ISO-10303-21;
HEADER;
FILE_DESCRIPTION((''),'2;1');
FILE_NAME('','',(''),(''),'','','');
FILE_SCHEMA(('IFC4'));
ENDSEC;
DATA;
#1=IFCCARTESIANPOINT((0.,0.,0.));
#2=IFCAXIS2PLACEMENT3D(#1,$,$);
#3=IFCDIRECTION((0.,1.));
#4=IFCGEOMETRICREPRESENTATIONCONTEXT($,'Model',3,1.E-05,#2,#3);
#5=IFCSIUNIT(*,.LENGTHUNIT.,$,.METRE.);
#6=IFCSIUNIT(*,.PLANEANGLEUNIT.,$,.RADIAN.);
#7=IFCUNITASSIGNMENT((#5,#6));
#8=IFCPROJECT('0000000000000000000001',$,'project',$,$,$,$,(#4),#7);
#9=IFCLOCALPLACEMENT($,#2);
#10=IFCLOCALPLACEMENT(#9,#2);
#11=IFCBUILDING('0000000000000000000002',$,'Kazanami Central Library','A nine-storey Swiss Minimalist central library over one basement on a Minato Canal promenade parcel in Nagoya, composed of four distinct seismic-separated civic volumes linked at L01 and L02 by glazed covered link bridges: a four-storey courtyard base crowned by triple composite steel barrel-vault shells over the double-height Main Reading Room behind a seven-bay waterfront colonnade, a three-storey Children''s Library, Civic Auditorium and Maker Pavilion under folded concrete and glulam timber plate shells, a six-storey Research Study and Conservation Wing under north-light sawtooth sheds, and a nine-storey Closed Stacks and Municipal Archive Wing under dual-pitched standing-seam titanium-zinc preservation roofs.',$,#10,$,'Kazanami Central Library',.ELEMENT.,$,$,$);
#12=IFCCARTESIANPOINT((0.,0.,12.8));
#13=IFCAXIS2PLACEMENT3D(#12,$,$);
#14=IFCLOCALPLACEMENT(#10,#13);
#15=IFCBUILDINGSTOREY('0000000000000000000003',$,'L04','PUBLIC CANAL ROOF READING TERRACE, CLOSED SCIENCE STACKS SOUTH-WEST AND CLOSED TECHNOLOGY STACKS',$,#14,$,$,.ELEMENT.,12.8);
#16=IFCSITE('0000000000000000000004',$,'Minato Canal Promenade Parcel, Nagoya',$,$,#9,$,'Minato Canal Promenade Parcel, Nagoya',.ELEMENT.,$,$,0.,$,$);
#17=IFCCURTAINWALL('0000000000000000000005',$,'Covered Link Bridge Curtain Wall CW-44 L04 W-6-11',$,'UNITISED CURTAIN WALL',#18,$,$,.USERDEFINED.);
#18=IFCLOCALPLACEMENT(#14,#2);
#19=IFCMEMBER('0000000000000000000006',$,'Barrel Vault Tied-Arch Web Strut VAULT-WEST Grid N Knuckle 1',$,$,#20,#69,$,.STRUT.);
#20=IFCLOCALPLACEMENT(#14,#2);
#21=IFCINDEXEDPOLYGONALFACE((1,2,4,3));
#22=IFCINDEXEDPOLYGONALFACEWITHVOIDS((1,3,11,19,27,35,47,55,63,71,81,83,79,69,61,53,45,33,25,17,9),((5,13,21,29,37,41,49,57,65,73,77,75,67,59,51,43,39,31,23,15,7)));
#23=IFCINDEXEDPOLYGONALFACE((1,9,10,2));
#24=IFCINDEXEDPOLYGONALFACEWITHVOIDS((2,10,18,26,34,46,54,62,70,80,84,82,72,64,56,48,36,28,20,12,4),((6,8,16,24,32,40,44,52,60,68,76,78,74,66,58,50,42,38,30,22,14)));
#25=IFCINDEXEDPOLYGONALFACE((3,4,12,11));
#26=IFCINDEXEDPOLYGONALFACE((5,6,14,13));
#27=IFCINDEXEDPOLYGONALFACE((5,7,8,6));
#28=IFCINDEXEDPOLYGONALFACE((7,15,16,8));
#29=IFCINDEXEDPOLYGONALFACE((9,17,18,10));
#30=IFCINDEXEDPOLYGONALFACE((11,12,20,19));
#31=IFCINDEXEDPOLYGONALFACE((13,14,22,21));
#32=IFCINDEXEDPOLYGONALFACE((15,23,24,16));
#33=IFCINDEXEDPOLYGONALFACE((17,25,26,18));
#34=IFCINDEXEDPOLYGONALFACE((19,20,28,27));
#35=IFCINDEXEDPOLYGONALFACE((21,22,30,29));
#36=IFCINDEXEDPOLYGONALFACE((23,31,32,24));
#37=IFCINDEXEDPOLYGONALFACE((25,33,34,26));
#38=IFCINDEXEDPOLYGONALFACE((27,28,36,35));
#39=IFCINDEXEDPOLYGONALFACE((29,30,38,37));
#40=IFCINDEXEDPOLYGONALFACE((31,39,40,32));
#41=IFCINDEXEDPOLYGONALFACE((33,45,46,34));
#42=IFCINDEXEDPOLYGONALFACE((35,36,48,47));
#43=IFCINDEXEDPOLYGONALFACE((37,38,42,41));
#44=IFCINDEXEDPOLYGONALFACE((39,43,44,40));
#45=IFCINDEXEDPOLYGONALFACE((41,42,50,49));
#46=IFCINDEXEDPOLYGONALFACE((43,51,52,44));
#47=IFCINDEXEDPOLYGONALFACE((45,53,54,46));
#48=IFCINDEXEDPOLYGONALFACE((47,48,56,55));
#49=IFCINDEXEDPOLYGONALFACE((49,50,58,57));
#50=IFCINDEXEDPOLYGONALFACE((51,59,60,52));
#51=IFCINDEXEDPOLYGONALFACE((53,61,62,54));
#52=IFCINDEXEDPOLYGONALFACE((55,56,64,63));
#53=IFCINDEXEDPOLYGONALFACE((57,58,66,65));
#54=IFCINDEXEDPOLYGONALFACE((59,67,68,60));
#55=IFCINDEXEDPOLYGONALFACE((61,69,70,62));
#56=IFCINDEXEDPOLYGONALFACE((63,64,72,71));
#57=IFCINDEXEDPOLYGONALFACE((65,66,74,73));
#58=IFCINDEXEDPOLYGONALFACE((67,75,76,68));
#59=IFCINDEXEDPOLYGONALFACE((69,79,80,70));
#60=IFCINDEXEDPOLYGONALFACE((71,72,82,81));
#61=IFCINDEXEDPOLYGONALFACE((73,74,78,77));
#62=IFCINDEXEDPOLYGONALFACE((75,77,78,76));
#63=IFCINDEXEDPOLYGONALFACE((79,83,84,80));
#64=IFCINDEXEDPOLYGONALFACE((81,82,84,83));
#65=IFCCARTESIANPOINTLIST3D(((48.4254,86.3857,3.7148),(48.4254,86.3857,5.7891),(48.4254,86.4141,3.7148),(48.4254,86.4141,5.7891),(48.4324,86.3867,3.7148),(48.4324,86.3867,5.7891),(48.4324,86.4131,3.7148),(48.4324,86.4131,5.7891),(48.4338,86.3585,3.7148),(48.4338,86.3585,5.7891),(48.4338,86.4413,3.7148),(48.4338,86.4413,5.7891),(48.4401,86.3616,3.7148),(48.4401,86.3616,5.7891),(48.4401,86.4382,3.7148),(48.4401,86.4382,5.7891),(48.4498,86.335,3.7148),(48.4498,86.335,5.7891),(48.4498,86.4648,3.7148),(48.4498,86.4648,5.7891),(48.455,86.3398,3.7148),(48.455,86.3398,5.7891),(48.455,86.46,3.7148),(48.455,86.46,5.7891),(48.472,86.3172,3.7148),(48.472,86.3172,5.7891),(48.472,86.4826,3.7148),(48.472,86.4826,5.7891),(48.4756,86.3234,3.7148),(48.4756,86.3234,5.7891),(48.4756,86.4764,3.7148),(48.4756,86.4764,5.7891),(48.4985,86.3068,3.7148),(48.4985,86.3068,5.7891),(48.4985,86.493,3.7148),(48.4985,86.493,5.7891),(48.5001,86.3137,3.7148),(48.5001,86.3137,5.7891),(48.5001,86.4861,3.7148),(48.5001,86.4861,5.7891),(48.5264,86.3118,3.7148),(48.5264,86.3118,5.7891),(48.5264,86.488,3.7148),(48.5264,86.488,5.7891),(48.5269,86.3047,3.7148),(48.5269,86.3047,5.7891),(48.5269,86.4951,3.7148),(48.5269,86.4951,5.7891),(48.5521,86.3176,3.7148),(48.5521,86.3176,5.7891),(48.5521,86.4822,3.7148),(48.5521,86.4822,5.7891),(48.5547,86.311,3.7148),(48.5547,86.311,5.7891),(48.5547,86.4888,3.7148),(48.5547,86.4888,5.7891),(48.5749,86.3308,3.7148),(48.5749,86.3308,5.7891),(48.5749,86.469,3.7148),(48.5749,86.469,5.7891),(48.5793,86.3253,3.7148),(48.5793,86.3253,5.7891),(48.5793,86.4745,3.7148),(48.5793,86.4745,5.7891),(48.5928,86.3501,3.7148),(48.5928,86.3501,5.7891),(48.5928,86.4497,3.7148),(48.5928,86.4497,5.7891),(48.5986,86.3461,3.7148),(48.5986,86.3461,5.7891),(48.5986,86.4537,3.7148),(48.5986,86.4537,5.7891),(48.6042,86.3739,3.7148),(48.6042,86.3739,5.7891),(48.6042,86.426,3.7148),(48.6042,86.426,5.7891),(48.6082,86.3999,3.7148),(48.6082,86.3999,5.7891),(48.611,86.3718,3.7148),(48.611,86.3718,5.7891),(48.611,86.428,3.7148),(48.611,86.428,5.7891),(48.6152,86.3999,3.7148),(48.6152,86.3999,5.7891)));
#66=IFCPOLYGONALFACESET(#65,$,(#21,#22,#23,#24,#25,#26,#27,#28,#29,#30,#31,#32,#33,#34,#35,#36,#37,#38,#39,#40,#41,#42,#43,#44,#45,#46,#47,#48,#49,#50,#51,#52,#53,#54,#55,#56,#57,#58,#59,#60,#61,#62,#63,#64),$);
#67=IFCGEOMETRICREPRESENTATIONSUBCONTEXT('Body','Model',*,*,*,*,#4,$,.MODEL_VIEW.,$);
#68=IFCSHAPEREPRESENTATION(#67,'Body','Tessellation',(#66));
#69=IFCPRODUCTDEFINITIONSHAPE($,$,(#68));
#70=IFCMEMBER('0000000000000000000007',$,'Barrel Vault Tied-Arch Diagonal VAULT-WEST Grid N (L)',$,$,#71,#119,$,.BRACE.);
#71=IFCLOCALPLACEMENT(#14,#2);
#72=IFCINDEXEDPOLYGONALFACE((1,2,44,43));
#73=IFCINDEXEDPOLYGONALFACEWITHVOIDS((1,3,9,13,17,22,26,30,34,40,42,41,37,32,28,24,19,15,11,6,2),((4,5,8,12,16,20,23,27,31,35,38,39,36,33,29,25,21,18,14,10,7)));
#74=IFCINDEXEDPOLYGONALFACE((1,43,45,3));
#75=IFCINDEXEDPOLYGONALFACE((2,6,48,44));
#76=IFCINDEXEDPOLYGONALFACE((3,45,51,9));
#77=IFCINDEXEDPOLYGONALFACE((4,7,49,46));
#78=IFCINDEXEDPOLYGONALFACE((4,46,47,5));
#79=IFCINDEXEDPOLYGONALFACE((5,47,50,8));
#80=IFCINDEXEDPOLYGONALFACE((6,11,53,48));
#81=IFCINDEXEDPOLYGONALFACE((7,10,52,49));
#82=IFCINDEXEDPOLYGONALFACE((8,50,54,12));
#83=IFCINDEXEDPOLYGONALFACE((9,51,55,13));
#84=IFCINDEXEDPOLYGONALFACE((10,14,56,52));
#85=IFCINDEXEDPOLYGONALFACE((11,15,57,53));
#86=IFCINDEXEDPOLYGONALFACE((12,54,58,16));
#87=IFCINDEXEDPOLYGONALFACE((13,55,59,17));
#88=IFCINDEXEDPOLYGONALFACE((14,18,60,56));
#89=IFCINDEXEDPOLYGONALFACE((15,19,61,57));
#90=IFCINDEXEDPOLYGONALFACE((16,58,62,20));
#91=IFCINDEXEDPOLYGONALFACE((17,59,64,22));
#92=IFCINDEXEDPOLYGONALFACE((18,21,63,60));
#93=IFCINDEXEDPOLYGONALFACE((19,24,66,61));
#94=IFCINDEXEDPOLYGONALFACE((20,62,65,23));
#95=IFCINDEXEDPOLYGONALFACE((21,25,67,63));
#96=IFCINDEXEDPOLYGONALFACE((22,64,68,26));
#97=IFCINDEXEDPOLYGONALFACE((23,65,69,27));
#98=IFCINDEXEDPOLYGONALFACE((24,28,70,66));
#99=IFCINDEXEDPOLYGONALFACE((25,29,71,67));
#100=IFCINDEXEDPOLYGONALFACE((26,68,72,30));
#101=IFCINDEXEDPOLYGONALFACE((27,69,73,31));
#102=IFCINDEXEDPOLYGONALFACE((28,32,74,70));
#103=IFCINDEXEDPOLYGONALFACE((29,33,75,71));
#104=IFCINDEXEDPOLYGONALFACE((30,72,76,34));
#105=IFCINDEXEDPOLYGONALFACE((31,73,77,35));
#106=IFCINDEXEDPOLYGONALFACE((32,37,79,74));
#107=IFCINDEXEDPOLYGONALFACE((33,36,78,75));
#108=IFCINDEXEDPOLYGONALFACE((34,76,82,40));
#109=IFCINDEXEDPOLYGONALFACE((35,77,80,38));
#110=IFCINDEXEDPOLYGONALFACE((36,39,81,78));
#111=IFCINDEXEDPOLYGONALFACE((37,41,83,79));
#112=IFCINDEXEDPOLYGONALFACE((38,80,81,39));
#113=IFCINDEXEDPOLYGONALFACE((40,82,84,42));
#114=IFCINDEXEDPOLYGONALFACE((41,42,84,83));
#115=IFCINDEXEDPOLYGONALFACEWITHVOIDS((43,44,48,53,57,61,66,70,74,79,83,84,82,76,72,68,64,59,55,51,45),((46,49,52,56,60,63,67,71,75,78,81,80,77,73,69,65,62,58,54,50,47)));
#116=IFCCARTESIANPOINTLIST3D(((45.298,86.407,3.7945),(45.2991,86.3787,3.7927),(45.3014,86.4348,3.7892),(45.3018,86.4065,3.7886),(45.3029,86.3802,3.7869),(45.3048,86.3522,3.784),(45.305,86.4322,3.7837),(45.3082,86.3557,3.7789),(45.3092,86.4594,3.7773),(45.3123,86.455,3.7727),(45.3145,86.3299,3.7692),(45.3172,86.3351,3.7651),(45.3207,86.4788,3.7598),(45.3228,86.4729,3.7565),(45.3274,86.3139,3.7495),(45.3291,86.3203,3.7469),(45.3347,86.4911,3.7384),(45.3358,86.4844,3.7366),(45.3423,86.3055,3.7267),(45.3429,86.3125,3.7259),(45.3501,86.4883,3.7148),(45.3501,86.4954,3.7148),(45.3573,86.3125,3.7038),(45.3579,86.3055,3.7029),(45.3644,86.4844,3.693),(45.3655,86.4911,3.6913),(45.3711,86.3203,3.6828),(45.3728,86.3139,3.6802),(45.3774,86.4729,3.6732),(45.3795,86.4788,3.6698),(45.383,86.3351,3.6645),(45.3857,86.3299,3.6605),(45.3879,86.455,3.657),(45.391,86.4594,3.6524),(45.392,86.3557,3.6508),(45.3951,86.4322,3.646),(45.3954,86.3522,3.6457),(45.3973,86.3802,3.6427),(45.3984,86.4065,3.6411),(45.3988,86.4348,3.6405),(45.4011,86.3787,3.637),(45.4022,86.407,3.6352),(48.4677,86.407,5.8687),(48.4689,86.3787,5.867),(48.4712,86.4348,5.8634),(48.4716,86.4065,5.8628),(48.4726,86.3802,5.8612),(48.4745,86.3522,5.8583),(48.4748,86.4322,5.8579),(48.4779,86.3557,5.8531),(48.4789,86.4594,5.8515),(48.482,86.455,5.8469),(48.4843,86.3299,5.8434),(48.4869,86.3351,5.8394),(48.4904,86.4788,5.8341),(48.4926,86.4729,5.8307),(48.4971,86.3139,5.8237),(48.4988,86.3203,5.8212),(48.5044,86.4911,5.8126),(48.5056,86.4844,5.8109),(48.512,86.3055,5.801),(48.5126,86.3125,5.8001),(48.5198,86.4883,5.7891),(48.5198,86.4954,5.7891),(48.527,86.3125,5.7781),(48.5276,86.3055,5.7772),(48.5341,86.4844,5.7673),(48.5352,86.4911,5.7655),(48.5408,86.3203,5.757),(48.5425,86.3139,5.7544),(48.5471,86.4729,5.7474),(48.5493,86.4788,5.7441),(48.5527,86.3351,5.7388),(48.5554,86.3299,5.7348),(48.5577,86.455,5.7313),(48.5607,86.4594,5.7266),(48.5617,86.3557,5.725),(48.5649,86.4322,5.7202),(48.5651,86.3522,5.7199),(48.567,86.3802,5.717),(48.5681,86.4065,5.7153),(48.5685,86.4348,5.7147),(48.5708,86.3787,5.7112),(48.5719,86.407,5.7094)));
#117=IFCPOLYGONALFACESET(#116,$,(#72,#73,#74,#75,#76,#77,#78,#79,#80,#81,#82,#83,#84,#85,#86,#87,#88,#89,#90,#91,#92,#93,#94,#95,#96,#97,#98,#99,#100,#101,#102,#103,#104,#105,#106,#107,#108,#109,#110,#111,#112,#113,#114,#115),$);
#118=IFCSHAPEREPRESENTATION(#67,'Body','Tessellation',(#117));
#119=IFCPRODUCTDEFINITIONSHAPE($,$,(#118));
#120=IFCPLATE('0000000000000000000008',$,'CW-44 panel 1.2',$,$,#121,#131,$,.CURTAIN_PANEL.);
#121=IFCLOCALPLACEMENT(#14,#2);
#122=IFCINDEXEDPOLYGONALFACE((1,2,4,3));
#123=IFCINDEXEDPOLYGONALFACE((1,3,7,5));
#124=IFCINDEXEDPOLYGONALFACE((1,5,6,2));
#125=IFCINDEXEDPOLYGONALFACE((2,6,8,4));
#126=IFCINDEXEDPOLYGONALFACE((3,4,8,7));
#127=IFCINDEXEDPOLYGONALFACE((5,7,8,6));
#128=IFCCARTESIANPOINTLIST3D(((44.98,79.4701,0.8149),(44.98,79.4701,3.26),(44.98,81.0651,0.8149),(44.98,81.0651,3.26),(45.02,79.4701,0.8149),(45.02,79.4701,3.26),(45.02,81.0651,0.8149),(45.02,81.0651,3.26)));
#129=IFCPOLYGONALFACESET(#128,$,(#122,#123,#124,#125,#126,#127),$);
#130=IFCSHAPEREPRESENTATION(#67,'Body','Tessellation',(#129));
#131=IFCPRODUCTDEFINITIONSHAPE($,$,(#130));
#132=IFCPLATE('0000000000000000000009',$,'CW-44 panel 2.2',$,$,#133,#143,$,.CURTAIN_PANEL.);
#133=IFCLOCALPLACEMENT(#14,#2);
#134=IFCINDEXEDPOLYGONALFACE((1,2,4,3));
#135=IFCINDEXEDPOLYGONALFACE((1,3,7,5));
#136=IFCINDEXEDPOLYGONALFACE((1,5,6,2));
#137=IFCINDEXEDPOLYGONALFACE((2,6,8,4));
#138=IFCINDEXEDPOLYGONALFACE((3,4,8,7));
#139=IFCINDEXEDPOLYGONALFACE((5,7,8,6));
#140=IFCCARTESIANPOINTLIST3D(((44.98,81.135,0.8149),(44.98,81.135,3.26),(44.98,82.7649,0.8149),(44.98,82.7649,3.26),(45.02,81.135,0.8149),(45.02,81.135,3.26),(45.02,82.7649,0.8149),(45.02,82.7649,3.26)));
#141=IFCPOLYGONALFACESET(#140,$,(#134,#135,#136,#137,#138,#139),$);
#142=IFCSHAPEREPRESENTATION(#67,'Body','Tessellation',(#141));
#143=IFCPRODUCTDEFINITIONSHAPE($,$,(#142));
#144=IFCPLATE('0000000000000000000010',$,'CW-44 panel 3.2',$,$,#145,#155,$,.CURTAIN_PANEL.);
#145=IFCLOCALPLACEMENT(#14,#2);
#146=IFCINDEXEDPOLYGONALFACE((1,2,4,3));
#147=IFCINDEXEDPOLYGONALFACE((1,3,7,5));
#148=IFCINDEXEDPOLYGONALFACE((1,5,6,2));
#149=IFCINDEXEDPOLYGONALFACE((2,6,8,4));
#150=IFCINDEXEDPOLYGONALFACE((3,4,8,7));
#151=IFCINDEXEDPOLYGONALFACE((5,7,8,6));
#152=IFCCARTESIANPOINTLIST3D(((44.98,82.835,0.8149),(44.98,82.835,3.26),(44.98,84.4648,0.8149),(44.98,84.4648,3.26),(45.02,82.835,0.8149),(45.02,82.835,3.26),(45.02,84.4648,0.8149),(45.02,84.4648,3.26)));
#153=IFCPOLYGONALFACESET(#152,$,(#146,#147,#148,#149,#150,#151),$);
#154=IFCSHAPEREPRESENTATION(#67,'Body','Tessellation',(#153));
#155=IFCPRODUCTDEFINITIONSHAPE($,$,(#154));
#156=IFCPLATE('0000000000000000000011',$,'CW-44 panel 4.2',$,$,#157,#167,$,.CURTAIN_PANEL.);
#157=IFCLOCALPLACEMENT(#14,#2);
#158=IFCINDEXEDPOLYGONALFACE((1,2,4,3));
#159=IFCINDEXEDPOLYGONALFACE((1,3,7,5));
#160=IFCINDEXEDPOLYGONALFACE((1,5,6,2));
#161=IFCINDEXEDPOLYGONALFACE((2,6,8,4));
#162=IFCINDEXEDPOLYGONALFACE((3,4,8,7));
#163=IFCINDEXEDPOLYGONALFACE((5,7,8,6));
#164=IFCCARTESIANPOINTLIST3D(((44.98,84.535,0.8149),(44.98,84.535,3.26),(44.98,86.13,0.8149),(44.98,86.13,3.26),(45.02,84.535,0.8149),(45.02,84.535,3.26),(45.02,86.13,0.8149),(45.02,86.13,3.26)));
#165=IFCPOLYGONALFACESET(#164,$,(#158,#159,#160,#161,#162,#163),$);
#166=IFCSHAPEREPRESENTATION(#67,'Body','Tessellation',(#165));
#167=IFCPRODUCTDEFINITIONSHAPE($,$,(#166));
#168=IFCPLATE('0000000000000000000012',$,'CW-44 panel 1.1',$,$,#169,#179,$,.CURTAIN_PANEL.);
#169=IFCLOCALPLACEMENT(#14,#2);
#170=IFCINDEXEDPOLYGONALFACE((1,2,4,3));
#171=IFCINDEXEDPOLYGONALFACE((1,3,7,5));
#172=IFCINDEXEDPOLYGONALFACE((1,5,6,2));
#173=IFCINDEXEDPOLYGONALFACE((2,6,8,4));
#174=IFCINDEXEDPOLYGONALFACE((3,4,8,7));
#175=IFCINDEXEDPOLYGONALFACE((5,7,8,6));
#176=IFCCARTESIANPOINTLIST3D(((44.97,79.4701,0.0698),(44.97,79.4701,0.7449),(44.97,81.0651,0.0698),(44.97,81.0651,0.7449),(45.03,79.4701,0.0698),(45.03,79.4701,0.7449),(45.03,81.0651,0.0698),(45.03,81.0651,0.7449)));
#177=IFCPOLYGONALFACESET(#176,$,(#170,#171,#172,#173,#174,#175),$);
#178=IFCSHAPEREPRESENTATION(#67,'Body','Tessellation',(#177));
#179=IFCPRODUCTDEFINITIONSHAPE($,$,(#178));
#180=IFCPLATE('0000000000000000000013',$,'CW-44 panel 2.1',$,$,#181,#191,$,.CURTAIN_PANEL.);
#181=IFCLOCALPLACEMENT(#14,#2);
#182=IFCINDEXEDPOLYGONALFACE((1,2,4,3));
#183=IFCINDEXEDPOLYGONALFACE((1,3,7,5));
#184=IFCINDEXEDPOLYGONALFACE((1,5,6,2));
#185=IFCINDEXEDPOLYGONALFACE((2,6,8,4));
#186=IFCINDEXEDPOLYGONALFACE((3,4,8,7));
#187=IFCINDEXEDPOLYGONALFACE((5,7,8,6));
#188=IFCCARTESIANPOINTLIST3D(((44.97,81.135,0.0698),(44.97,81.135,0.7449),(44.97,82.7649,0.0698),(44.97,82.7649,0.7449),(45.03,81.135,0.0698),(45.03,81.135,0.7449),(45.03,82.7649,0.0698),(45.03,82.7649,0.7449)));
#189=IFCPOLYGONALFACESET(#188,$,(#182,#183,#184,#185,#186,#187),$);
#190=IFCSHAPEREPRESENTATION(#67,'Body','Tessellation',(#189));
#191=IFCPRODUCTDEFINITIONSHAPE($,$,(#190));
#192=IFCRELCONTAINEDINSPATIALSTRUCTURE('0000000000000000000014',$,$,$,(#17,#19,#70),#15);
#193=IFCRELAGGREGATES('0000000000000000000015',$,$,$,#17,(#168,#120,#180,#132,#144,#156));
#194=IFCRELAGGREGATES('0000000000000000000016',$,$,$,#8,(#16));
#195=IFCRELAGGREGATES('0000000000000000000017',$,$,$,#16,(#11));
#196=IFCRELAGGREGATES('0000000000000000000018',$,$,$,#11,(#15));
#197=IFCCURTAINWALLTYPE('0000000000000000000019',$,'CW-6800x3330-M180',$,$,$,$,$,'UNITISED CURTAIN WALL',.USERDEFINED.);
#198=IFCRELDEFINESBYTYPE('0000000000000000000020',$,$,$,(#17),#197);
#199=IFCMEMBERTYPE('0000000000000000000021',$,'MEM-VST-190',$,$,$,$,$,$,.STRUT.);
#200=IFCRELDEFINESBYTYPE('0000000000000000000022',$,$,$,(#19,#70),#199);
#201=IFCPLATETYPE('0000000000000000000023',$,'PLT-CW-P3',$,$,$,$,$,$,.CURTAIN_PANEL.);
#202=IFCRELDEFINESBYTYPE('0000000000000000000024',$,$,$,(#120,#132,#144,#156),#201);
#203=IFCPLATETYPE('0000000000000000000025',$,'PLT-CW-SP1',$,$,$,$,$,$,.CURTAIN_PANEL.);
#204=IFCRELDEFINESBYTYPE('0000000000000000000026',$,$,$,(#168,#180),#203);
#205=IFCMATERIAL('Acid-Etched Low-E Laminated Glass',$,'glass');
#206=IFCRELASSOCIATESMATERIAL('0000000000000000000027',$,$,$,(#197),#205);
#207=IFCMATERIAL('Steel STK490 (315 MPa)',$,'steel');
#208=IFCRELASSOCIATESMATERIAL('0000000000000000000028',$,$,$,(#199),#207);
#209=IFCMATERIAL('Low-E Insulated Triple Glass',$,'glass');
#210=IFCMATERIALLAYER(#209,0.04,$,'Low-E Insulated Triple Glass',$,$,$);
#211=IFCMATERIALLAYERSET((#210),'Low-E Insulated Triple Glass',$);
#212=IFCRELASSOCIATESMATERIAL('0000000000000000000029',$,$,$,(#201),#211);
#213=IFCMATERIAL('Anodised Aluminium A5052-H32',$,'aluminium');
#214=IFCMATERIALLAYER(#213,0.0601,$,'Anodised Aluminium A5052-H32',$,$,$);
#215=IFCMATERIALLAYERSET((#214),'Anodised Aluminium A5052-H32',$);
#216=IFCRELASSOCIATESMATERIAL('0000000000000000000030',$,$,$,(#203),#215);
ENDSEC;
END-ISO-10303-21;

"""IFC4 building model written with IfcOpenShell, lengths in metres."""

from ifc_helpers import new_model, si_unit, direction, frame, origin, origin_2d, place, context, subcontext, project, spatial, rectangle, hollow_circle, extrude, material, layer, layer_set, material_profile, profile_set, type_object, element, aggregate, save


model = new_model("IFC4")

# Units and contexts
model_context = context("Model", 3, precision=1e-05, world=origin(), true_north=direction((0.0, 1.0)))
body_context = subcontext(model_context, "Body", "Model", "MODEL_VIEW")
ifc_project = project(units=[si_unit("LENGTHUNIT", "METRE"), si_unit("PLANEANGLEUNIT", "RADIAN")], contexts=[model_context])

# Site, building, storey
site_placement = place(None, origin())
site = spatial("IfcSite", under=ifc_project, at=site_placement, Name="Minato Canal Promenade Parcel, Nagoya", LongName="Minato Canal Promenade Parcel, Nagoya", CompositionType="ELEMENT", RefElevation=0.0)
building_placement = place(site_placement, origin())
building = spatial("IfcBuilding", under=site, at=building_placement, Name="Kazanami Central Library", Description="A nine-storey Swiss Minimalist central library over one basement on a Minato Canal promenade parcel in Nagoya, composed of four distinct seismic-separated civic volumes linked at L01 and L02 by glazed covered link bridges: a four-storey courtyard base crowned by triple composite steel barrel-vault shells over the double-height Main Reading Room behind a seven-bay waterfront colonnade, a three-storey Children's Library, Civic Auditorium and Maker Pavilion under folded concrete and glulam timber plate shells, a six-storey Research Study and Conservation Wing under north-light sawtooth sheds, and a nine-storey Closed Stacks and Municipal Archive Wing under dual-pitched standing-seam titanium-zinc preservation roofs.", LongName="Kazanami Central Library", CompositionType="ELEMENT")
storey_placement = place(building_placement, frame((0.0, 0.0, 12.8)))
storey = spatial("IfcBuildingStorey", under=building, at=storey_placement, Name="L04", Description="PUBLIC CANAL ROOF READING TERRACE, CLOSED SCIENCE STACKS SOUTH-WEST AND CLOSED TECHNOLOGY STACKS", CompositionType="ELEMENT", Elevation=12.8)

# Curtain wall
ifc_material_1 = material(Name="Acid-Etched Low-E Laminated Glass", Category="glass")
curtain_wall_type = type_object("IfcCurtainWallType", Name="CW-6800x3330-M180", ElementType="UNITISED CURTAIN WALL", PredefinedType="USERDEFINED", material=ifc_material_1)
curtain_wall_placement = place(storey_placement, origin())
curtain_wall = element("IfcCurtainWall", 1, at=curtain_wall_placement, inside=storey, type_object=curtain_wall_type, Name="Covered Link Bridge Curtain Wall CW-44 L04 W-6-11", ObjectType="UNITISED CURTAIN WALL", PredefinedType="USERDEFINED")

# Members
ifc_material_2 = material(Name="Steel STK490 (315 MPa)", Category="steel")
ifc_material_profile_1 = material_profile(ifc_material_2, hollow_circle(Radius=0.0955, WallThickness=0.0071, at=origin_2d()), Name="CHS-190.7x7.0")
ifc_profile_set_1 = profile_set([ifc_material_profile_1], Name="Steel STK490 (315 MPa)")
member_type_1 = type_object("IfcMemberType", Name="MEM-VST-190", PredefinedType="STRUT", material=ifc_profile_set_1)
member_1_placement = place(storey_placement, frame((48.5198, 86.3999, 3.7148), z_axis=(0.0, 0.0, 1.0), x_axis=(1.0, 0.0, 0.0)))
element("IfcMember", 2, at=member_1_placement, inside=storey, type_object=member_type_1, Name="Barrel Vault Tied-Arch Web Strut VAULT-WEST Grid N Knuckle 1", PredefinedType="STRUT", context=body_context, shape_type="SweptSolid", body=[
    extrude(hollow_circle(Radius=0.0955, WallThickness=0.0071, at=origin_2d()), origin(), (0.0, 0.0, 1.0), 2.0742),
])
member_2_placement = place(storey_placement, frame((45.3501, 86.3999, 3.7148), z_axis=(0.83676, 0.0, 0.547571), x_axis=(0.0, 1.0, 0.0)))
element("IfcMember", 3, at=member_2_placement, inside=storey, type_object=member_type_1, Name="Barrel Vault Tied-Arch Diagonal VAULT-WEST Grid N (L)", PredefinedType="BRACE", context=body_context, shape_type="SweptSolid", body=[
    extrude(hollow_circle(Radius=0.0955, WallThickness=0.0071, at=origin_2d()), origin(), (0.0, 0.0, 1.0), 3.7881),
])

# Plates
ifc_material_3 = material(Name="Low-E Insulated Triple Glass", Category="glass")
ifc_layer_1 = layer(ifc_material_3, 0.04, Name="Low-E Insulated Triple Glass")
ifc_layer_set_1 = layer_set([ifc_layer_1], Name="Low-E Insulated Triple Glass")
plate_type_1 = type_object("IfcPlateType", Name="PLT-CW-P3", PredefinedType="CURTAIN_PANEL", material=ifc_layer_set_1)
plate_1_placement = place(storey_placement, frame((45.0, 80.2676, 0.8149), z_axis=(0.0, 0.0, 1.0), x_axis=(0.0, 1.0, 0.0)))
plate_1 = element("IfcPlate", 4, at=plate_1_placement, type_object=plate_type_1, Name="CW-44 panel 1.2", PredefinedType="CURTAIN_PANEL", context=body_context, shape_type="SweptSolid", body=[
    extrude(rectangle(XDim=1.595, YDim=0.04, at=origin_2d()), origin(), (0.0, 0.0, 1.0), 2.4451),
])
plate_2_placement = place(storey_placement, frame((45.0, 81.95, 0.8149), z_axis=(0.0, 0.0, 1.0), x_axis=(0.0, 1.0, 0.0)))
plate_2 = element("IfcPlate", 5, at=plate_2_placement, type_object=plate_type_1, Name="CW-44 panel 2.2", PredefinedType="CURTAIN_PANEL", context=body_context, shape_type="SweptSolid", body=[
    extrude(rectangle(XDim=1.6299, YDim=0.04, at=origin_2d()), origin(), (0.0, 0.0, 1.0), 2.4451),
])
plate_3_placement = place(storey_placement, frame((45.0, 83.6499, 0.8149), z_axis=(0.0, 0.0, 1.0), x_axis=(0.0, 1.0, 0.0)))
plate_3 = element("IfcPlate", 6, at=plate_3_placement, type_object=plate_type_1, Name="CW-44 panel 3.2", PredefinedType="CURTAIN_PANEL", context=body_context, shape_type="SweptSolid", body=[
    extrude(rectangle(XDim=1.6299, YDim=0.04, at=origin_2d()), origin(), (0.0, 0.0, 1.0), 2.4451),
])
plate_4_placement = place(storey_placement, frame((45.0, 85.3325, 0.8149), z_axis=(0.0, 0.0, 1.0), x_axis=(0.0, 1.0, 0.0)))
plate_4 = element("IfcPlate", 7, at=plate_4_placement, type_object=plate_type_1, Name="CW-44 panel 4.2", PredefinedType="CURTAIN_PANEL", context=body_context, shape_type="SweptSolid", body=[
    extrude(rectangle(XDim=1.595, YDim=0.04, at=origin_2d()), origin(), (0.0, 0.0, 1.0), 2.4451),
])
ifc_material_4 = material(Name="Anodised Aluminium A5052-H32", Category="aluminium")
ifc_layer_2 = layer(ifc_material_4, 0.0601, Name="Anodised Aluminium A5052-H32")
ifc_layer_set_2 = layer_set([ifc_layer_2], Name="Anodised Aluminium A5052-H32")
plate_type_2 = type_object("IfcPlateType", Name="PLT-CW-SP1", PredefinedType="CURTAIN_PANEL", material=ifc_layer_set_2)
plate_5_placement = place(storey_placement, frame((45.0, 80.2676, 0.0698), z_axis=(0.0, 0.0, 1.0), x_axis=(0.0, 1.0, 0.0)))
plate_5 = element("IfcPlate", 8, at=plate_5_placement, type_object=plate_type_2, Name="CW-44 panel 1.1", PredefinedType="CURTAIN_PANEL", context=body_context, shape_type="SweptSolid", body=[
    extrude(rectangle(XDim=1.595, YDim=0.0601, at=origin_2d()), origin(), (0.0, 0.0, 1.0), 0.675),
])
plate_6_placement = place(storey_placement, frame((45.0, 81.95, 0.0698), z_axis=(0.0, 0.0, 1.0), x_axis=(0.0, 1.0, 0.0)))
plate_6 = element("IfcPlate", 9, at=plate_6_placement, type_object=plate_type_2, Name="CW-44 panel 2.1", PredefinedType="CURTAIN_PANEL", context=body_context, shape_type="SweptSolid", body=[
    extrude(rectangle(XDim=1.6299, YDim=0.0601, at=origin_2d()), origin(), (0.0, 0.0, 1.0), 0.675),
])
aggregate(curtain_wall, [plate_5, plate_1, plate_6, plate_2, plate_3, plate_4])

save(model, "model.ifc")
